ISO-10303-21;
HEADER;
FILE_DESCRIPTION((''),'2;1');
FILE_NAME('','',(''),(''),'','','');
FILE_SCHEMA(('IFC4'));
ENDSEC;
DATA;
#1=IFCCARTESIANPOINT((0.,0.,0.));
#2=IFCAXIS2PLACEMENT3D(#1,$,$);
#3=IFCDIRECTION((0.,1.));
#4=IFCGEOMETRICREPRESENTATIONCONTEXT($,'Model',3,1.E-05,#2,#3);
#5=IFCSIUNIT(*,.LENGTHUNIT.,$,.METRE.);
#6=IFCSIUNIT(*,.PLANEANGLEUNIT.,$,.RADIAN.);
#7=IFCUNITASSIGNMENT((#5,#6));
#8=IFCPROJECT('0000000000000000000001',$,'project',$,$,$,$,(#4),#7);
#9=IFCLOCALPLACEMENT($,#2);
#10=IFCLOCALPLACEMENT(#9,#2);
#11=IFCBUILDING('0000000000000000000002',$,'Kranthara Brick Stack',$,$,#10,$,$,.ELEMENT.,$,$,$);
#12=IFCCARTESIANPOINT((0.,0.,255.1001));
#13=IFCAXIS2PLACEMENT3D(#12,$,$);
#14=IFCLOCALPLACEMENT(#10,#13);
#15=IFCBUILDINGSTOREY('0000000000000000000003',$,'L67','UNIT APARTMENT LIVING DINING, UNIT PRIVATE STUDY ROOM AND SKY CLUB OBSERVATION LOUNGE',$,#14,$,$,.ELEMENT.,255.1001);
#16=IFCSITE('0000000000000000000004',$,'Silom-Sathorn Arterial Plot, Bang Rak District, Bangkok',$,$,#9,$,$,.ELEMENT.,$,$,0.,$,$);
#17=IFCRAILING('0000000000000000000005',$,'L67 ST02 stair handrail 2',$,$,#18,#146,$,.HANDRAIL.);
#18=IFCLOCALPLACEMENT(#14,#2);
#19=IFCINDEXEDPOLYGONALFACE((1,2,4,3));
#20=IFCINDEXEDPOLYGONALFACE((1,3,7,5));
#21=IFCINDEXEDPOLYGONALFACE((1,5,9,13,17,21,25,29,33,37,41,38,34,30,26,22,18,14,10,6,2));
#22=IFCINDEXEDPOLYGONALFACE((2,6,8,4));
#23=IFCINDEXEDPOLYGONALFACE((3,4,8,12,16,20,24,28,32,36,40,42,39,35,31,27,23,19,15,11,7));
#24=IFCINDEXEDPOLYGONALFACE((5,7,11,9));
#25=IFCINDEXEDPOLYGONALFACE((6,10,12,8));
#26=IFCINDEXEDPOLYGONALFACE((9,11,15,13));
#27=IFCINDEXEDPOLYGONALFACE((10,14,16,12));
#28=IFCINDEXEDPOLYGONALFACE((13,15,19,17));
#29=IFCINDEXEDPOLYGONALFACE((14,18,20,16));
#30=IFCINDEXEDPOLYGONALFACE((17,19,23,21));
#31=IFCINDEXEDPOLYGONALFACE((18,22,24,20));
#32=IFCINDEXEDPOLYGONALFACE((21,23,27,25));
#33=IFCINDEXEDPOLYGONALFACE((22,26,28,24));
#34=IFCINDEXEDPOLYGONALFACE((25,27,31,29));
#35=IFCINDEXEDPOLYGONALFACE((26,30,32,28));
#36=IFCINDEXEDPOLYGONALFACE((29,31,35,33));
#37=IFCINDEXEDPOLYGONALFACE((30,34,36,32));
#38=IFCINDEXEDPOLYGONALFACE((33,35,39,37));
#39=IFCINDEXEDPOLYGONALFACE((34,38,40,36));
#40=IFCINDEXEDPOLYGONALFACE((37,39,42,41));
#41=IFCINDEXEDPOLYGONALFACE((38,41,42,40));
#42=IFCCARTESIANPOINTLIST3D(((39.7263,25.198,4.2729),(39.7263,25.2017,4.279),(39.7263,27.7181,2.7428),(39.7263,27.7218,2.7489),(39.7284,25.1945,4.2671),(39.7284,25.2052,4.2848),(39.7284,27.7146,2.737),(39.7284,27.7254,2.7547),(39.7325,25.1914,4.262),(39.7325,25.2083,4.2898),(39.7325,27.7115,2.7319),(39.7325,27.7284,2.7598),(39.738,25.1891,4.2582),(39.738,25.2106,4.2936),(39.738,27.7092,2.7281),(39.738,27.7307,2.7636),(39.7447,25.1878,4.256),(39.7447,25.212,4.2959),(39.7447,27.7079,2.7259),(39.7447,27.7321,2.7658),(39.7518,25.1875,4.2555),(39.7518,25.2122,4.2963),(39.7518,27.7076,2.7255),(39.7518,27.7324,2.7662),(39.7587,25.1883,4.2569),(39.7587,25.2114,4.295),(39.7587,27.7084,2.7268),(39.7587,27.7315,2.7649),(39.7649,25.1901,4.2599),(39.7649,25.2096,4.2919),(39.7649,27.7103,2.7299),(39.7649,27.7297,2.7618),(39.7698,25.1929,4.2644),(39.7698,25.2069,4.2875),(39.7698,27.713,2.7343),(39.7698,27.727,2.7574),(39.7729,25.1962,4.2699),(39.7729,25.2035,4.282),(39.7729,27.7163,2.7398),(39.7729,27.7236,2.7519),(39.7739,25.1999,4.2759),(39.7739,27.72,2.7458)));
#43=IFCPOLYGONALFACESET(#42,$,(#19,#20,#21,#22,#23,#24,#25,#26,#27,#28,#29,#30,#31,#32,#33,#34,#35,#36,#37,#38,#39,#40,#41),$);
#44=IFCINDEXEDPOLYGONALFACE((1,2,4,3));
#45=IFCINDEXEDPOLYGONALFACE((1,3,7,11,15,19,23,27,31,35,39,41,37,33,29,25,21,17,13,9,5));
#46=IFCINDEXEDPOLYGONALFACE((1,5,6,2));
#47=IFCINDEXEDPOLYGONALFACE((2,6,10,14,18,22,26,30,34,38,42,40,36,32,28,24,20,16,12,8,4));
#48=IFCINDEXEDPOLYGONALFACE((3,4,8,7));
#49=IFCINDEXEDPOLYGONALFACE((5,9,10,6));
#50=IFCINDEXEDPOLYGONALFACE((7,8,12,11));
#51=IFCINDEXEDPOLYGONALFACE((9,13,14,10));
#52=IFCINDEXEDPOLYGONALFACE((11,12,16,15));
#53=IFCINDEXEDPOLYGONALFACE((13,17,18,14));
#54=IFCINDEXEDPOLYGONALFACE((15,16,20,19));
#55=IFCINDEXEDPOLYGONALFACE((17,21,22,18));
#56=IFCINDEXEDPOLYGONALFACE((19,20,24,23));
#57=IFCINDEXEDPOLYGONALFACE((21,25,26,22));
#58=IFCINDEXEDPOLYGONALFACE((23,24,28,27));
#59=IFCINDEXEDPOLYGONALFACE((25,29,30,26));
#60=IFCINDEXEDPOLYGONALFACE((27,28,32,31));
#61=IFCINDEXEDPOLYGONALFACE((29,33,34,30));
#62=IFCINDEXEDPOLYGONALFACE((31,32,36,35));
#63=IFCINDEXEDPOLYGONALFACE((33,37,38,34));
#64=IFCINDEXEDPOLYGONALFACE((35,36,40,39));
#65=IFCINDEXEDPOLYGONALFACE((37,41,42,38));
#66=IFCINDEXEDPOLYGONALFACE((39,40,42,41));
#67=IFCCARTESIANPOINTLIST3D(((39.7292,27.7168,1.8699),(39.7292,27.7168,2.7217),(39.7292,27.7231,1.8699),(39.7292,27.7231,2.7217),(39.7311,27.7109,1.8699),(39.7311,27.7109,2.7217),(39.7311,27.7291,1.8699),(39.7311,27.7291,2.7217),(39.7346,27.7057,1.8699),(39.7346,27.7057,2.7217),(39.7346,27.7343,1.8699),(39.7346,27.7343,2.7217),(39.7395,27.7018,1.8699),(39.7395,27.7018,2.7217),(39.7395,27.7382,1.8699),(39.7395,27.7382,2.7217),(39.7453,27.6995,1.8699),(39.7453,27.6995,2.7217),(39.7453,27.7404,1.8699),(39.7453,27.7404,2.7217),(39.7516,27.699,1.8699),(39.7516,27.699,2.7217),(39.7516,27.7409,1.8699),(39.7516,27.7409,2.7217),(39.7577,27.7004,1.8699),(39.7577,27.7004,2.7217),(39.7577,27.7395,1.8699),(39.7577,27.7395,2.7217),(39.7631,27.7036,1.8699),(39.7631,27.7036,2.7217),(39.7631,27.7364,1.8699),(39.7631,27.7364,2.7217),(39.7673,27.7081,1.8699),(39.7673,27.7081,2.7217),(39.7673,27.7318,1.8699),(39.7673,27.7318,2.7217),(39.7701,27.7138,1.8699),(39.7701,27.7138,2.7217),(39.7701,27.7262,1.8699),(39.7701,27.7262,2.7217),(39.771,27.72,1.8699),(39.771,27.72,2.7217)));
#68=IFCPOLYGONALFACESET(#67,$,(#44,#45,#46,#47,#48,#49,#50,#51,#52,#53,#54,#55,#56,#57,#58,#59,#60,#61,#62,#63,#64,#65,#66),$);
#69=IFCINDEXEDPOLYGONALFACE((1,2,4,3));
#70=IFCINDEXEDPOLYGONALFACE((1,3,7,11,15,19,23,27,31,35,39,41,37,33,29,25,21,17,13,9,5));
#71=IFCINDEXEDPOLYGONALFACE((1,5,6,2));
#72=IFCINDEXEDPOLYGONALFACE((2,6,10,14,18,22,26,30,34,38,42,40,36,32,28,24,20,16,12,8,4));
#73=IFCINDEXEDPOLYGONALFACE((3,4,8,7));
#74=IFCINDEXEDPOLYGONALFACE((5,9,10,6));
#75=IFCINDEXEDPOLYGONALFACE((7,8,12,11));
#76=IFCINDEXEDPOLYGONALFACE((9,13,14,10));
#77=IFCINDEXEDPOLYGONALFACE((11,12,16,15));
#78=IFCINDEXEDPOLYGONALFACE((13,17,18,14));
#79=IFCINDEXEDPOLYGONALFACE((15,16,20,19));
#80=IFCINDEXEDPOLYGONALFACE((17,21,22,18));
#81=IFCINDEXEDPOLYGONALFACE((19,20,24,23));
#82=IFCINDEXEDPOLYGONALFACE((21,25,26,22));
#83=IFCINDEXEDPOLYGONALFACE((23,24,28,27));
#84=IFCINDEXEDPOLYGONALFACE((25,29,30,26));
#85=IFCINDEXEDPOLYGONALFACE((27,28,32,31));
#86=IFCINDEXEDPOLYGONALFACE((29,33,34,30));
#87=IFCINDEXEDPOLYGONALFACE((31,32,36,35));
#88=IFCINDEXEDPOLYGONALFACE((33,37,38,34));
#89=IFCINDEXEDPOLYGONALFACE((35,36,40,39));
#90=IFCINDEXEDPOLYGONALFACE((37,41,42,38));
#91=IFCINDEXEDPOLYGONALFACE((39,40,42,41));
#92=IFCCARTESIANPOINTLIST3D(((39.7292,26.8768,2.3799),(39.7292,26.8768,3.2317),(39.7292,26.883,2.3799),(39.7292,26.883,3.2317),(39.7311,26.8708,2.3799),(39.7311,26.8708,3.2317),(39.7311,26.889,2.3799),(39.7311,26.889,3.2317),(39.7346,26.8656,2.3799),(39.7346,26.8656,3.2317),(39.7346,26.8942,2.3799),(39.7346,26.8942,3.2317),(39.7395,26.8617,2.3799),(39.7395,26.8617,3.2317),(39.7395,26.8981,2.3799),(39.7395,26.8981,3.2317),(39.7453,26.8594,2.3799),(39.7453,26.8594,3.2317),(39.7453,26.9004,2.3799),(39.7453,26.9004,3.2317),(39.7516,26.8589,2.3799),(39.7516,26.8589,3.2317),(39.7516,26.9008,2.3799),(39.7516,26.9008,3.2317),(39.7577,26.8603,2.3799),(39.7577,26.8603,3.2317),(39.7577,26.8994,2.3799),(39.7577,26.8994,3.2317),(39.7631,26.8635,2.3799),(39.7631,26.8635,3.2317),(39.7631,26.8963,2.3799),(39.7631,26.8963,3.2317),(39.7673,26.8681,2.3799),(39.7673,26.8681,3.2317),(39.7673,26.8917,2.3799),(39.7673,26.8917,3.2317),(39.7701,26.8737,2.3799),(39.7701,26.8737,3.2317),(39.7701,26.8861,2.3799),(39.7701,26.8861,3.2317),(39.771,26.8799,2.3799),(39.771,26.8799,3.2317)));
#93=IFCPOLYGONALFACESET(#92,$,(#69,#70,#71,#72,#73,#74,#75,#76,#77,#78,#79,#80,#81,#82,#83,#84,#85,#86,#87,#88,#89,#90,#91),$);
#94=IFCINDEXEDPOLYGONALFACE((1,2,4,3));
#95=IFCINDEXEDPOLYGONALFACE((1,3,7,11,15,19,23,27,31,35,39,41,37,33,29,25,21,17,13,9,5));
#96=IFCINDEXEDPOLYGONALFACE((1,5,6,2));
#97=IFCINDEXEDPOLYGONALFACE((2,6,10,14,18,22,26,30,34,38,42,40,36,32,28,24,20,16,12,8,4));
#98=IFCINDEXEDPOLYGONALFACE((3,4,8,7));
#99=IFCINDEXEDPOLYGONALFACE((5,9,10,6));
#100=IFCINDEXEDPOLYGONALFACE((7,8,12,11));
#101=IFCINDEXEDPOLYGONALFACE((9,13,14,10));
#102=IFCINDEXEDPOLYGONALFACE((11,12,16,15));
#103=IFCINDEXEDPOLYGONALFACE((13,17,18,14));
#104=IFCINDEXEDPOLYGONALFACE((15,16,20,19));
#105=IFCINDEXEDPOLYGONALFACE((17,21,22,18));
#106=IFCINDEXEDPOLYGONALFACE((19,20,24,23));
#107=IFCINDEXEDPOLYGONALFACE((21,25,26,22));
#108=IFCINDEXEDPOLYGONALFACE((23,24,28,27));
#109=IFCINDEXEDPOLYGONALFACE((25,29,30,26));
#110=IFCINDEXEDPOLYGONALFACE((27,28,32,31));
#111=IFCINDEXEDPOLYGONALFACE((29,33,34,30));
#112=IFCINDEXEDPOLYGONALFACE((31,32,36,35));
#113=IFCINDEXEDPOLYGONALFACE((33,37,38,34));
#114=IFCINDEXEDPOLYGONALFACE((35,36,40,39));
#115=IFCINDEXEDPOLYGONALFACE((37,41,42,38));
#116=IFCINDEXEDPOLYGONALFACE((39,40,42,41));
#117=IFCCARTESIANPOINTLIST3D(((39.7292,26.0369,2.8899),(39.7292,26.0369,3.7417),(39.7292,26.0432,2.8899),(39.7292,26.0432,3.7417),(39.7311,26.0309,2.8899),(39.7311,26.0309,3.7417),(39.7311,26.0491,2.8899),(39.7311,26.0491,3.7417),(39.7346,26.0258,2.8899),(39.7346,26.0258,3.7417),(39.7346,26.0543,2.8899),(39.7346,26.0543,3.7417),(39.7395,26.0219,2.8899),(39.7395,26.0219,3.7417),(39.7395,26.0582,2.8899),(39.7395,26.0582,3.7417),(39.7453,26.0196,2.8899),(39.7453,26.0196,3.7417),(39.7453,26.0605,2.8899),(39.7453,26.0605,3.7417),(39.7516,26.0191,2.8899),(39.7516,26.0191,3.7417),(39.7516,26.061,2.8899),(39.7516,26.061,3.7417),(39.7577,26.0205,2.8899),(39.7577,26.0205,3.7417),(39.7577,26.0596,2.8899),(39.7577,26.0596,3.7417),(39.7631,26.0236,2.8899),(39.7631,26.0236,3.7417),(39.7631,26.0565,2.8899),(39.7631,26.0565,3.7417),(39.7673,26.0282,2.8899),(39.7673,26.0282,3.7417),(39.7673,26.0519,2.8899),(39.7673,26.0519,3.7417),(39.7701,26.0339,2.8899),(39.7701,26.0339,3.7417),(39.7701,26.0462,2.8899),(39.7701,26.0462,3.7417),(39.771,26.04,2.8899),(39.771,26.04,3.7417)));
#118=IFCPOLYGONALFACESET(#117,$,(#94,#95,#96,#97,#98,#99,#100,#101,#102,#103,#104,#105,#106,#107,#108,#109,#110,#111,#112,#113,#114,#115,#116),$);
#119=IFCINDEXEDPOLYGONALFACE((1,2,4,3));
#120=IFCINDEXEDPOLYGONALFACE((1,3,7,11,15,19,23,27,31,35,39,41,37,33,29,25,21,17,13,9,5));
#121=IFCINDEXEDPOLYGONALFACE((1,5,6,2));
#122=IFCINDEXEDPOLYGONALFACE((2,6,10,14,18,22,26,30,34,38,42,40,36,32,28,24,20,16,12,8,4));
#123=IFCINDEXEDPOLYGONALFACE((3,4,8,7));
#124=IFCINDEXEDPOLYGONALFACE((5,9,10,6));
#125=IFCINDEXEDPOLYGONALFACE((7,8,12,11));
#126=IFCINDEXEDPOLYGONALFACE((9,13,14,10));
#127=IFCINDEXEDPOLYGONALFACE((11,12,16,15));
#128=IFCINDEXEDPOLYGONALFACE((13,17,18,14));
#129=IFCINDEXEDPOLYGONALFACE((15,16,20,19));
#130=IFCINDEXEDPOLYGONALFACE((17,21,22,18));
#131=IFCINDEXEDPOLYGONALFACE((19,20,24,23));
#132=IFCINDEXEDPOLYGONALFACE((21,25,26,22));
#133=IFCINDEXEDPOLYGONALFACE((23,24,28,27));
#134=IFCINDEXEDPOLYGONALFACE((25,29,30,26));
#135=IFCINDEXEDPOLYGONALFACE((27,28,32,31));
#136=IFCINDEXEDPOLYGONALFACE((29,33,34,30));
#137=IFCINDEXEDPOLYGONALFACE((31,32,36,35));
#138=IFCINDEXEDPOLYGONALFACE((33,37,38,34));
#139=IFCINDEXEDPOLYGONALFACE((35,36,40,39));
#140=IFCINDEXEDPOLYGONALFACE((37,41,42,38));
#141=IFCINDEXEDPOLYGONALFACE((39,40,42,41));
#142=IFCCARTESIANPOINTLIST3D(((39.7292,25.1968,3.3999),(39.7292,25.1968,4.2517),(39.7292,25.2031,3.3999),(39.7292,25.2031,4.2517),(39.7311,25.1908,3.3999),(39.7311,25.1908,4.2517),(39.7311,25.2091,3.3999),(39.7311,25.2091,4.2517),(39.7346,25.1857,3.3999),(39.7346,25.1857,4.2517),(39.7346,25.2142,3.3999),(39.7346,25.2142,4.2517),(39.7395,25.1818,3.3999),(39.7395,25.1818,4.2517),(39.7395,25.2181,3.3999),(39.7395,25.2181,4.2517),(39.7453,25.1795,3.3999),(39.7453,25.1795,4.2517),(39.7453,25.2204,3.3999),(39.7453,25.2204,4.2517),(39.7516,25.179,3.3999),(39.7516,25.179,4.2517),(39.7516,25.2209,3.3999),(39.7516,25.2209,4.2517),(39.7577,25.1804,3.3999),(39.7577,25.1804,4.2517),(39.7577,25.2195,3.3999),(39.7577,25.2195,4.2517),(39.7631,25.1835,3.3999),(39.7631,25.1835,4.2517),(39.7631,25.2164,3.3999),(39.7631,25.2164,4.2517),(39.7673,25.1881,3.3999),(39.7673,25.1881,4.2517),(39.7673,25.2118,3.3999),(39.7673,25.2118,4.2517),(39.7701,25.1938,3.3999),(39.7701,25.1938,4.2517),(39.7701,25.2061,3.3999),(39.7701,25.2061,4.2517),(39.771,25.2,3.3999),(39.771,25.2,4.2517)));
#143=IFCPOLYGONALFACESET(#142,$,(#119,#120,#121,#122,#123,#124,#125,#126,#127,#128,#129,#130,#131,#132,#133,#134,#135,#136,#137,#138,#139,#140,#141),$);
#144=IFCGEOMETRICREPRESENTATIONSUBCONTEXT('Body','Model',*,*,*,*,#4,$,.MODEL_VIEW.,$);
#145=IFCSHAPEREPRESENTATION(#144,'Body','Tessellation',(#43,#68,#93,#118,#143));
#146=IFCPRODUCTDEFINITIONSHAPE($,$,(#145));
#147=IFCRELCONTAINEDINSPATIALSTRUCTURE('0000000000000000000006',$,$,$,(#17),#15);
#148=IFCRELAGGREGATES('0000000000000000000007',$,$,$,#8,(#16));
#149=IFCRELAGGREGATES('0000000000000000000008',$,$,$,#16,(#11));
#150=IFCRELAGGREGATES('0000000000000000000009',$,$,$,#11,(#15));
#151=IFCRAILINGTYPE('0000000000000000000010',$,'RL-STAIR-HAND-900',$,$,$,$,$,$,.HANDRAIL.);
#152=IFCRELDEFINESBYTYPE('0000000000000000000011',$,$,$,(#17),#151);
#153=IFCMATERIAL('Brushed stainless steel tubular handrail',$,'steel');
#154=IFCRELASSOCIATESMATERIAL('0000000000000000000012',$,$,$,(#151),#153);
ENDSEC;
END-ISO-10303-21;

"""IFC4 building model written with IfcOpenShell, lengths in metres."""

from ifc_helpers import new_model, si_unit, direction, frame, origin, origin_2d, place, context, subcontext, project, spatial, circle, extrude, material, type_object, element, save


model = new_model("IFC4")

# Units and contexts
model_context = context("Model", 3, precision=1e-05, world=origin(), true_north=direction((0.0, 1.0)))
body_context = subcontext(model_context, "Body", "Model", "MODEL_VIEW")
ifc_project = project(units=[si_unit("LENGTHUNIT", "METRE"), si_unit("PLANEANGLEUNIT", "RADIAN")], contexts=[model_context])

# Site, building, storey
site_placement = place(None, origin())
site = spatial("IfcSite", under=ifc_project, at=site_placement, Name="Silom-Sathorn Arterial Plot, Bang Rak District, Bangkok", CompositionType="ELEMENT", RefElevation=0.0)
building_placement = place(site_placement, origin())
building = spatial("IfcBuilding", under=site, at=building_placement, Name="Kranthara Brick Stack", CompositionType="ELEMENT")
storey_placement = place(building_placement, frame((0.0, 0.0, 255.1001)))
storey = spatial("IfcBuildingStorey", under=building, at=storey_placement, Name="L67", Description="UNIT APARTMENT LIVING DINING, UNIT PRIVATE STUDY ROOM AND SKY CLUB OBSERVATION LOUNGE", CompositionType="ELEMENT", Elevation=255.1001)

# Railing
ifc_material_1 = material(Name="Brushed stainless steel tubular handrail", Category="steel")
railing_type_1 = type_object("IfcRailingType", Name="RL-STAIR-HAND-900", PredefinedType="HANDRAIL", material=ifc_material_1)
railing_1_placement = place(storey_placement, frame((39.75, 27.72, 1.8699)))
element("IfcRailing", 1, at=railing_1_placement, inside=storey, type_object=railing_type_1, Name="L67 ST02 stair handrail 2", PredefinedType="HANDRAIL", context=body_context, shape_type="SweptSolid", body=[
    extrude(circle(Radius=0.0239, at=origin_2d()), frame((0.0, 0.0, 0.876), z_axis=(0.0, -0.854785, 0.518982), x_axis=(1.0, 0.0, 0.0)), (0.0, 0.0, 1.0), 2.9482),
    extrude(circle(Radius=0.021, at=origin_2d()), origin(), (0.0, 0.0, 1.0), 0.8518),
    extrude(circle(Radius=0.021, at=origin_2d()), frame((0.0, -0.8401, 0.51)), (0.0, 0.0, 1.0), 0.8518),
    extrude(circle(Radius=0.021, at=origin_2d()), frame((0.0, -1.6799, 1.02)), (0.0, 0.0, 1.0), 0.8518),
    extrude(circle(Radius=0.021, at=origin_2d()), frame((0.0, -2.52, 1.53)), (0.0, 0.0, 1.0), 0.8518),
])

save(model, "model.ifc")
